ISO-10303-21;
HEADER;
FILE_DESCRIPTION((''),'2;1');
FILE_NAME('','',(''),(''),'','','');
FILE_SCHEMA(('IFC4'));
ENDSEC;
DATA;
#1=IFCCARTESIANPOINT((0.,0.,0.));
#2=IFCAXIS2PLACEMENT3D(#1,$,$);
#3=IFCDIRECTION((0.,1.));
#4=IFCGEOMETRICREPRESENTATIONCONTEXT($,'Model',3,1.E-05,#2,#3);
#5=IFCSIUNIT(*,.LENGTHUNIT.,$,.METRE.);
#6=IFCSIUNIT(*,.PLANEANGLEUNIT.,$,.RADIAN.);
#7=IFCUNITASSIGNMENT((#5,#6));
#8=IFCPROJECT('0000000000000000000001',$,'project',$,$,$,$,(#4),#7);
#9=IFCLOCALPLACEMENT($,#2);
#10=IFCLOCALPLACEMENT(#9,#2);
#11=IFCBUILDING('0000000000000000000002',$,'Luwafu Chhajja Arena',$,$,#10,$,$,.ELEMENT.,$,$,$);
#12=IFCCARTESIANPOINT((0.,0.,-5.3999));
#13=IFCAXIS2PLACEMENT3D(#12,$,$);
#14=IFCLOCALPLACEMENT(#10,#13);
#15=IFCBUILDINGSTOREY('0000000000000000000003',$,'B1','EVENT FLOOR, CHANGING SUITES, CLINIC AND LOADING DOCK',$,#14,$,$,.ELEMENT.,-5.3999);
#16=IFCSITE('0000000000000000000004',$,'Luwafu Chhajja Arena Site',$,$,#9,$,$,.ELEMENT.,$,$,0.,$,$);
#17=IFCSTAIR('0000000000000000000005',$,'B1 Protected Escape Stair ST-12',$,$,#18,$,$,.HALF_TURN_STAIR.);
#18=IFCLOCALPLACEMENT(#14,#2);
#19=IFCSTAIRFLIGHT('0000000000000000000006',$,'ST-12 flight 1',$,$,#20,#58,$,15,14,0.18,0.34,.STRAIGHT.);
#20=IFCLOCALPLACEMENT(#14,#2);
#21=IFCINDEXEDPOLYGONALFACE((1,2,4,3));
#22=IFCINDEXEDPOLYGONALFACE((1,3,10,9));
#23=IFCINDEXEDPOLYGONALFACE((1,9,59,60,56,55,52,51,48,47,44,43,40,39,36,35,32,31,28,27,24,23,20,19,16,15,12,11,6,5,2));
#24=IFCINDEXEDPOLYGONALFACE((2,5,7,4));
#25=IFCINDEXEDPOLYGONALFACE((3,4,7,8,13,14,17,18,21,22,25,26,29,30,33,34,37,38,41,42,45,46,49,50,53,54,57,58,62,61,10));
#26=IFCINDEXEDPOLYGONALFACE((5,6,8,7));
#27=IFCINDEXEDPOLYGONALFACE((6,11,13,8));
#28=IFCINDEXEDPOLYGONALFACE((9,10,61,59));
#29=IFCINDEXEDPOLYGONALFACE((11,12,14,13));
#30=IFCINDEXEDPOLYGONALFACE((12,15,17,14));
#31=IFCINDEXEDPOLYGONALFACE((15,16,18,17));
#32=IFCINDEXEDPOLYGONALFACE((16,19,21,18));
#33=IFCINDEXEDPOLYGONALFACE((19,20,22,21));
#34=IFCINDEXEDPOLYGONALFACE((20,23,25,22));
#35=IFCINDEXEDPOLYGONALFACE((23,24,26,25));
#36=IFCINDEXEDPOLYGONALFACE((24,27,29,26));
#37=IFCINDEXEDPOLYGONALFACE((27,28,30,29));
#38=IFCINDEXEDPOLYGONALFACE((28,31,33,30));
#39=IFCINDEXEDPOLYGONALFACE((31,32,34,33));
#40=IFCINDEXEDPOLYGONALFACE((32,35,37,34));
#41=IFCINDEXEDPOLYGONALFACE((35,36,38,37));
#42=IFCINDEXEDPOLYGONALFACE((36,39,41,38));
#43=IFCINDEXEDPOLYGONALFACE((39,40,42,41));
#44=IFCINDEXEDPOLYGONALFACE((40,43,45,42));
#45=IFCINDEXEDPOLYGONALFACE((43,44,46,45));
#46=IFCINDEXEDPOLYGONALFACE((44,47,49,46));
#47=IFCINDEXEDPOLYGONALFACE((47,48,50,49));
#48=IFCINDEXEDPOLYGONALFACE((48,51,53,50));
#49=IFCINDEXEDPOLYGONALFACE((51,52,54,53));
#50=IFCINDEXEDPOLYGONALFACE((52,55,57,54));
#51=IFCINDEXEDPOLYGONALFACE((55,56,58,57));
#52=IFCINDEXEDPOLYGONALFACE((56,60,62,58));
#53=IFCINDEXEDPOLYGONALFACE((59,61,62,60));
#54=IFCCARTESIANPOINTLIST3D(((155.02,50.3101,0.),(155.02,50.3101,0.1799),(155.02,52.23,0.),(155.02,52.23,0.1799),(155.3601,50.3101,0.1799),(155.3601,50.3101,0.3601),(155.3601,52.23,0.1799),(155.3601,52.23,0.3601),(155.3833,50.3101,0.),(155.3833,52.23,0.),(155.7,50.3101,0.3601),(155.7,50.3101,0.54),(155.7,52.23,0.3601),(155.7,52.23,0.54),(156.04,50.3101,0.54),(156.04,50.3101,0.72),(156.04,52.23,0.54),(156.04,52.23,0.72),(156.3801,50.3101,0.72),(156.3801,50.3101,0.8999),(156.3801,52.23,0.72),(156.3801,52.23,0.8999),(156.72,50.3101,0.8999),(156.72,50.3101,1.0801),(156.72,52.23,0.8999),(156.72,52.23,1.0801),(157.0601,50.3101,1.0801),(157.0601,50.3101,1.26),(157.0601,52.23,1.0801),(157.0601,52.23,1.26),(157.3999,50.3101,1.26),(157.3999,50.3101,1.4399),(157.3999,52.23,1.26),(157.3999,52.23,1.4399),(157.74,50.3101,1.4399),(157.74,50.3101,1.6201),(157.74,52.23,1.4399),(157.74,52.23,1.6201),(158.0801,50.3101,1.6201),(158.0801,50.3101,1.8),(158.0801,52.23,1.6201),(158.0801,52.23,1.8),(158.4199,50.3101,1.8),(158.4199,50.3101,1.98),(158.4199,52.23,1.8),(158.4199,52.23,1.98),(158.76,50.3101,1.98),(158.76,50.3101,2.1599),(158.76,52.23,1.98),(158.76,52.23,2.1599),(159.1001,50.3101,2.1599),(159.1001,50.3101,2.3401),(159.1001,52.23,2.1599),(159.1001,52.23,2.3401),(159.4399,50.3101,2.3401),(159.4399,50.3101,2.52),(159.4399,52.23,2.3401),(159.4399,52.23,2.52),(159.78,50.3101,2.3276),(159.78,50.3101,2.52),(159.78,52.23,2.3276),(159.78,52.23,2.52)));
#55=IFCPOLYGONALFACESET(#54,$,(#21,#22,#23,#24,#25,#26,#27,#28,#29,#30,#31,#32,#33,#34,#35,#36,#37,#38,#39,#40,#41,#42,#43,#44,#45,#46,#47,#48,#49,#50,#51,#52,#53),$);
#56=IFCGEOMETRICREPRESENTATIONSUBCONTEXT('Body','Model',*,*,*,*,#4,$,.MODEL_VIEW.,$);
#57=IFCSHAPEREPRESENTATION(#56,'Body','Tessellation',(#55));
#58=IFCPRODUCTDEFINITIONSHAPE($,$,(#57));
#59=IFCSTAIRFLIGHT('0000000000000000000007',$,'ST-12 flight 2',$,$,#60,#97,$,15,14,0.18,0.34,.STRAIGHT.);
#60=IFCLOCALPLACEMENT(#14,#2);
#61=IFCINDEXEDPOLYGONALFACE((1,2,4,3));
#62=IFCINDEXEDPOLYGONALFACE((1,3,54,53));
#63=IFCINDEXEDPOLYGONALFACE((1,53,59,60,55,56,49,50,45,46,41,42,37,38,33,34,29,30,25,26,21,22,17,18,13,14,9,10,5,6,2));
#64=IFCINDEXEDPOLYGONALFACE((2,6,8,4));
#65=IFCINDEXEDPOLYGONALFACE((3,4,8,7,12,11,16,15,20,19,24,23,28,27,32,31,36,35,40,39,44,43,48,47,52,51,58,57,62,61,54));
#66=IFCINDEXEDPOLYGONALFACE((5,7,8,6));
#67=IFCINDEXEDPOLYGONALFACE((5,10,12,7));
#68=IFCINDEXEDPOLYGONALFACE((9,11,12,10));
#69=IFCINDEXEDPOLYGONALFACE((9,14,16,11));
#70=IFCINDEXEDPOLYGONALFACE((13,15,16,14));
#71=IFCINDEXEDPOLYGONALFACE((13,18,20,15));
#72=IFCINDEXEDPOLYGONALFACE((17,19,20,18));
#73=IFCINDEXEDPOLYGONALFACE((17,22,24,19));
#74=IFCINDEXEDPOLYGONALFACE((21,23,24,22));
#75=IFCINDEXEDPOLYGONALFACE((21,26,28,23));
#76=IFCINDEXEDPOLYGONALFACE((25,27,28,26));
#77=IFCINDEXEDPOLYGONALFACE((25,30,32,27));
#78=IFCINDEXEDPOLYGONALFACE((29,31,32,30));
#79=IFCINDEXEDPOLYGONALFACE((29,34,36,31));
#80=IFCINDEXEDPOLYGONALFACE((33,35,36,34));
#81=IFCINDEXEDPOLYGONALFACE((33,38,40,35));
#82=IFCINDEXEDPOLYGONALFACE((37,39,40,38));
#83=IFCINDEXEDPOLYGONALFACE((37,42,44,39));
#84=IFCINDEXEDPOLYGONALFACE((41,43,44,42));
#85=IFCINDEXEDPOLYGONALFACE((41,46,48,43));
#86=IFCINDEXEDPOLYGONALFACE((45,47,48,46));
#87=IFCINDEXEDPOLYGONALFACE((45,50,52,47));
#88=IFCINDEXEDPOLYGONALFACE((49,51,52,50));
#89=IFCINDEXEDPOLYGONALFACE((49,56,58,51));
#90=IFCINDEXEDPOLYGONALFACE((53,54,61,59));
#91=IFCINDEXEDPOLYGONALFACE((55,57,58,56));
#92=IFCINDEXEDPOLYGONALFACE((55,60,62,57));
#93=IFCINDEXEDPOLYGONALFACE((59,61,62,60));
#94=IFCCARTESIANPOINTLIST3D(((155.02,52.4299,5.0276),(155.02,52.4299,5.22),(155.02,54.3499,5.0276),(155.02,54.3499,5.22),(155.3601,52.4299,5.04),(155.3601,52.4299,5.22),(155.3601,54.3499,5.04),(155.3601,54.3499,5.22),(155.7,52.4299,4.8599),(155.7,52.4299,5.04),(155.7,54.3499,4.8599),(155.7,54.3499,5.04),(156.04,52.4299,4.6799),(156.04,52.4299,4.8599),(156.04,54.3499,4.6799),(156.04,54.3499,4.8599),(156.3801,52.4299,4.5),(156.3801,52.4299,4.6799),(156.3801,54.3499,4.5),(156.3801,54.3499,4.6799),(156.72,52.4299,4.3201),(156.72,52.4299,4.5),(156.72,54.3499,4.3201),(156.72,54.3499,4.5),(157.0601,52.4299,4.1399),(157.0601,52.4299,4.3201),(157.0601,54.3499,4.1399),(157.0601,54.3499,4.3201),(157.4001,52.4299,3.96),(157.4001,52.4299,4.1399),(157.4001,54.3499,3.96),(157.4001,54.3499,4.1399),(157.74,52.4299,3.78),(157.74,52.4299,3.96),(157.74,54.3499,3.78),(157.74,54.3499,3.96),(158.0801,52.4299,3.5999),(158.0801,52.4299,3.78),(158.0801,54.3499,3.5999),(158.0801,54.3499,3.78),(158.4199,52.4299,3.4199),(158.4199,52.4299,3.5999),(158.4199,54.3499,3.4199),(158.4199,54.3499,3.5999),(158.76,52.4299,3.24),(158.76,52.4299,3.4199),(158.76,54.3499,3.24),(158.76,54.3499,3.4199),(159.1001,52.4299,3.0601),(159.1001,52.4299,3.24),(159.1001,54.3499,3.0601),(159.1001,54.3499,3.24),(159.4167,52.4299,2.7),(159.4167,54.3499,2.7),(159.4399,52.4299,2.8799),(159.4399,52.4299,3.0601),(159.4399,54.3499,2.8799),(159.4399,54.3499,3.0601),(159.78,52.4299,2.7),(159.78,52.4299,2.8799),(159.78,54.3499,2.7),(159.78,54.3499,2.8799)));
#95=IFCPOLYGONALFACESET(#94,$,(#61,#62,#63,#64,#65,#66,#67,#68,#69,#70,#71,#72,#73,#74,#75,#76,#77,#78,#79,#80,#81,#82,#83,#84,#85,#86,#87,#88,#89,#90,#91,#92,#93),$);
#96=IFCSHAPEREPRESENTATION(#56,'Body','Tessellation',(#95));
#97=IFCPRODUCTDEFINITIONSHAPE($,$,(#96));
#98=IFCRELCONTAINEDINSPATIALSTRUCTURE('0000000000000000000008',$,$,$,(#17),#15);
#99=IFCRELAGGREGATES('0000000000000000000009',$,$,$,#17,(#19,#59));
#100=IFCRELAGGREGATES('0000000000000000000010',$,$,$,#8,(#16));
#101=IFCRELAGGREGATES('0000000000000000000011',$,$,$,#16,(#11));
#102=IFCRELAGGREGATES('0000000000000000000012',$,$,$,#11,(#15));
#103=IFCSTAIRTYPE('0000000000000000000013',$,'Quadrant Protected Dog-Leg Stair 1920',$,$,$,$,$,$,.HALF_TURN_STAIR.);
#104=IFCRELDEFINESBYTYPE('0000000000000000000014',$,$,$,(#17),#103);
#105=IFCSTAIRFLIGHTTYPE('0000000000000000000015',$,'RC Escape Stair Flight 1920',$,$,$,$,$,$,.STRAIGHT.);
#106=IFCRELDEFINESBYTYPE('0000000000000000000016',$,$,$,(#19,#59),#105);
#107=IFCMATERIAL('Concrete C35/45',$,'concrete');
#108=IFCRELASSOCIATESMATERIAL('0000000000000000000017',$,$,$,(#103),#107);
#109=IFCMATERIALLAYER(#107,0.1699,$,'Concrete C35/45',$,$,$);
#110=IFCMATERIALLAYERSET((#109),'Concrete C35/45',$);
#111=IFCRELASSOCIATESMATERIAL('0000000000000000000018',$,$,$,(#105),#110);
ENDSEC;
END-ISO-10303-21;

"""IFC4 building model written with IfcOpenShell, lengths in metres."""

from ifc_helpers import new_model, si_unit, direction, frame, origin, place, context, subcontext, project, spatial, polyline, outline, extrude, material, layer, layer_set, type_object, element, aggregate, save


model = new_model("IFC4")

# Units and contexts
model_context = context("Model", 3, precision=1e-05, world=origin(), true_north=direction((0.0, 1.0)))
body_context = subcontext(model_context, "Body", "Model", "MODEL_VIEW")
ifc_project = project(units=[si_unit("LENGTHUNIT", "METRE"), si_unit("PLANEANGLEUNIT", "RADIAN")], contexts=[model_context])

# Site, building, storey
site_placement = place(None, origin())
site = spatial("IfcSite", under=ifc_project, at=site_placement, Name="Luwafu Chhajja Arena Site", CompositionType="ELEMENT", RefElevation=0.0)
building_placement = place(site_placement, origin())
building = spatial("IfcBuilding", under=site, at=building_placement, Name="Luwafu Chhajja Arena", CompositionType="ELEMENT")
storey_placement = place(building_placement, frame((0.0, 0.0, -5.3999)))
storey = spatial("IfcBuildingStorey", under=building, at=storey_placement, Name="B1", Description="EVENT FLOOR, CHANGING SUITES, CLINIC AND LOADING DOCK", CompositionType="ELEMENT", Elevation=-5.3999)

# Shared definitions
ifc_material_1 = material(Name="Concrete C35/45", Category="concrete")

# Stair, stair flights
stair_type = type_object("IfcStairType", Name="Quadrant Protected Dog-Leg Stair 1920", PredefinedType="HALF_TURN_STAIR", material=ifc_material_1)
ifc_layer_1 = layer(ifc_material_1, 0.1699, Name="Concrete C35/45")
ifc_layer_set_1 = layer_set([ifc_layer_1], Name="Concrete C35/45")
stair_flight_type = type_object("IfcStairFlightType", Name="RC Escape Stair Flight 1920", PredefinedType="STRAIGHT", material=ifc_layer_set_1)
stair_1_placement = place(storey_placement, origin())
stair_1 = element("IfcStair", 1, at=stair_1_placement, inside=storey, type_object=stair_type, Name="B1 Protected Escape Stair ST-12", PredefinedType="HALF_TURN_STAIR")
stair_flight_1_placement = place(storey_placement, frame((155.02, 51.27, 0.0), z_axis=(0.0, 0.0, 1.0), x_axis=(1.0, 0.0, 0.0)))
stair_flight_1 = element("IfcStairFlight", 2, at=stair_flight_1_placement, type_object=stair_flight_type, Name="ST-12 flight 1", NumberOfRisers=15, NumberOfTreads=14, PredefinedType="STRAIGHT", RiserHeight=0.18, TreadLength=0.34, context=body_context, shape_type="SweptSolid", body=[
    extrude(outline(polyline([(0.0, 0.0), (0.0, 0.1799), (0.3401, 0.1799), (0.3401, 0.3601), (0.6799, 0.3601), (0.6799, 0.54), (1.02, 0.54), (1.02, 0.72), (1.3601, 0.72), (1.3601, 0.8999), (1.7, 0.8999), (1.7, 1.0801), (2.04, 1.0801), (2.04, 1.26), (2.3799, 1.26), (2.3799, 1.4399), (2.72, 1.4399), (2.72, 1.6201), (3.0601, 1.6201), (3.0601, 1.8), (3.3999, 1.8), (3.3999, 1.98), (3.74, 1.98), (3.74, 2.1599), (4.0801, 2.1599), (4.0801, 2.3401), (4.4199, 2.3401), (4.4199, 2.52), (4.76, 2.52), (4.76, 2.7), (4.76, 2.3276), (0.3633, 0.0), (0.0, 0.0)])), frame((0.0, 0.96, 0.0), z_axis=(0.0, -1.0, 0.0), x_axis=(1.0, 0.0, 0.0)), (0.0, 0.0, 1.0), 1.9199),
])
stair_flight_2_placement = place(storey_placement, frame((159.78, 53.3899, 2.7), z_axis=(0.0, 0.0, 1.0), x_axis=(-1.0, 0.0, 0.0)))
stair_flight_2 = element("IfcStairFlight", 3, at=stair_flight_2_placement, type_object=stair_flight_type, Name="ST-12 flight 2", NumberOfRisers=15, NumberOfTreads=14, PredefinedType="STRAIGHT", RiserHeight=0.18, TreadLength=0.34, context=body_context, shape_type="SweptSolid", body=[
    extrude(outline(polyline([(0.0, 0.0), (0.0, 0.1799), (0.3401, 0.1799), (0.3401, 0.3601), (0.6799, 0.3601), (0.6799, 0.54), (1.02, 0.54), (1.02, 0.72), (1.3601, 0.72), (1.3601, 0.8999), (1.7, 0.8999), (1.7, 1.0801), (2.04, 1.0801), (2.04, 1.26), (2.3799, 1.26), (2.3799, 1.4399), (2.72, 1.4399), (2.72, 1.6201), (3.0601, 1.6201), (3.0601, 1.8), (3.3999, 1.8), (3.3999, 1.98), (3.74, 1.98), (3.74, 2.1599), (4.0801, 2.1599), (4.0801, 2.3401), (4.4199, 2.3401), (4.4199, 2.52), (4.76, 2.52), (4.76, 2.7), (4.76, 2.3276), (0.3633, 0.0), (0.0, 0.0)])), frame((0.0, 0.96, 0.0), z_axis=(0.0, -1.0, 0.0), x_axis=(1.0, 0.0, 0.0)), (0.0, 0.0, 1.0), 1.9199),
])
aggregate(stair_1, [stair_flight_1, stair_flight_2])

save(model, "model.ifc")
